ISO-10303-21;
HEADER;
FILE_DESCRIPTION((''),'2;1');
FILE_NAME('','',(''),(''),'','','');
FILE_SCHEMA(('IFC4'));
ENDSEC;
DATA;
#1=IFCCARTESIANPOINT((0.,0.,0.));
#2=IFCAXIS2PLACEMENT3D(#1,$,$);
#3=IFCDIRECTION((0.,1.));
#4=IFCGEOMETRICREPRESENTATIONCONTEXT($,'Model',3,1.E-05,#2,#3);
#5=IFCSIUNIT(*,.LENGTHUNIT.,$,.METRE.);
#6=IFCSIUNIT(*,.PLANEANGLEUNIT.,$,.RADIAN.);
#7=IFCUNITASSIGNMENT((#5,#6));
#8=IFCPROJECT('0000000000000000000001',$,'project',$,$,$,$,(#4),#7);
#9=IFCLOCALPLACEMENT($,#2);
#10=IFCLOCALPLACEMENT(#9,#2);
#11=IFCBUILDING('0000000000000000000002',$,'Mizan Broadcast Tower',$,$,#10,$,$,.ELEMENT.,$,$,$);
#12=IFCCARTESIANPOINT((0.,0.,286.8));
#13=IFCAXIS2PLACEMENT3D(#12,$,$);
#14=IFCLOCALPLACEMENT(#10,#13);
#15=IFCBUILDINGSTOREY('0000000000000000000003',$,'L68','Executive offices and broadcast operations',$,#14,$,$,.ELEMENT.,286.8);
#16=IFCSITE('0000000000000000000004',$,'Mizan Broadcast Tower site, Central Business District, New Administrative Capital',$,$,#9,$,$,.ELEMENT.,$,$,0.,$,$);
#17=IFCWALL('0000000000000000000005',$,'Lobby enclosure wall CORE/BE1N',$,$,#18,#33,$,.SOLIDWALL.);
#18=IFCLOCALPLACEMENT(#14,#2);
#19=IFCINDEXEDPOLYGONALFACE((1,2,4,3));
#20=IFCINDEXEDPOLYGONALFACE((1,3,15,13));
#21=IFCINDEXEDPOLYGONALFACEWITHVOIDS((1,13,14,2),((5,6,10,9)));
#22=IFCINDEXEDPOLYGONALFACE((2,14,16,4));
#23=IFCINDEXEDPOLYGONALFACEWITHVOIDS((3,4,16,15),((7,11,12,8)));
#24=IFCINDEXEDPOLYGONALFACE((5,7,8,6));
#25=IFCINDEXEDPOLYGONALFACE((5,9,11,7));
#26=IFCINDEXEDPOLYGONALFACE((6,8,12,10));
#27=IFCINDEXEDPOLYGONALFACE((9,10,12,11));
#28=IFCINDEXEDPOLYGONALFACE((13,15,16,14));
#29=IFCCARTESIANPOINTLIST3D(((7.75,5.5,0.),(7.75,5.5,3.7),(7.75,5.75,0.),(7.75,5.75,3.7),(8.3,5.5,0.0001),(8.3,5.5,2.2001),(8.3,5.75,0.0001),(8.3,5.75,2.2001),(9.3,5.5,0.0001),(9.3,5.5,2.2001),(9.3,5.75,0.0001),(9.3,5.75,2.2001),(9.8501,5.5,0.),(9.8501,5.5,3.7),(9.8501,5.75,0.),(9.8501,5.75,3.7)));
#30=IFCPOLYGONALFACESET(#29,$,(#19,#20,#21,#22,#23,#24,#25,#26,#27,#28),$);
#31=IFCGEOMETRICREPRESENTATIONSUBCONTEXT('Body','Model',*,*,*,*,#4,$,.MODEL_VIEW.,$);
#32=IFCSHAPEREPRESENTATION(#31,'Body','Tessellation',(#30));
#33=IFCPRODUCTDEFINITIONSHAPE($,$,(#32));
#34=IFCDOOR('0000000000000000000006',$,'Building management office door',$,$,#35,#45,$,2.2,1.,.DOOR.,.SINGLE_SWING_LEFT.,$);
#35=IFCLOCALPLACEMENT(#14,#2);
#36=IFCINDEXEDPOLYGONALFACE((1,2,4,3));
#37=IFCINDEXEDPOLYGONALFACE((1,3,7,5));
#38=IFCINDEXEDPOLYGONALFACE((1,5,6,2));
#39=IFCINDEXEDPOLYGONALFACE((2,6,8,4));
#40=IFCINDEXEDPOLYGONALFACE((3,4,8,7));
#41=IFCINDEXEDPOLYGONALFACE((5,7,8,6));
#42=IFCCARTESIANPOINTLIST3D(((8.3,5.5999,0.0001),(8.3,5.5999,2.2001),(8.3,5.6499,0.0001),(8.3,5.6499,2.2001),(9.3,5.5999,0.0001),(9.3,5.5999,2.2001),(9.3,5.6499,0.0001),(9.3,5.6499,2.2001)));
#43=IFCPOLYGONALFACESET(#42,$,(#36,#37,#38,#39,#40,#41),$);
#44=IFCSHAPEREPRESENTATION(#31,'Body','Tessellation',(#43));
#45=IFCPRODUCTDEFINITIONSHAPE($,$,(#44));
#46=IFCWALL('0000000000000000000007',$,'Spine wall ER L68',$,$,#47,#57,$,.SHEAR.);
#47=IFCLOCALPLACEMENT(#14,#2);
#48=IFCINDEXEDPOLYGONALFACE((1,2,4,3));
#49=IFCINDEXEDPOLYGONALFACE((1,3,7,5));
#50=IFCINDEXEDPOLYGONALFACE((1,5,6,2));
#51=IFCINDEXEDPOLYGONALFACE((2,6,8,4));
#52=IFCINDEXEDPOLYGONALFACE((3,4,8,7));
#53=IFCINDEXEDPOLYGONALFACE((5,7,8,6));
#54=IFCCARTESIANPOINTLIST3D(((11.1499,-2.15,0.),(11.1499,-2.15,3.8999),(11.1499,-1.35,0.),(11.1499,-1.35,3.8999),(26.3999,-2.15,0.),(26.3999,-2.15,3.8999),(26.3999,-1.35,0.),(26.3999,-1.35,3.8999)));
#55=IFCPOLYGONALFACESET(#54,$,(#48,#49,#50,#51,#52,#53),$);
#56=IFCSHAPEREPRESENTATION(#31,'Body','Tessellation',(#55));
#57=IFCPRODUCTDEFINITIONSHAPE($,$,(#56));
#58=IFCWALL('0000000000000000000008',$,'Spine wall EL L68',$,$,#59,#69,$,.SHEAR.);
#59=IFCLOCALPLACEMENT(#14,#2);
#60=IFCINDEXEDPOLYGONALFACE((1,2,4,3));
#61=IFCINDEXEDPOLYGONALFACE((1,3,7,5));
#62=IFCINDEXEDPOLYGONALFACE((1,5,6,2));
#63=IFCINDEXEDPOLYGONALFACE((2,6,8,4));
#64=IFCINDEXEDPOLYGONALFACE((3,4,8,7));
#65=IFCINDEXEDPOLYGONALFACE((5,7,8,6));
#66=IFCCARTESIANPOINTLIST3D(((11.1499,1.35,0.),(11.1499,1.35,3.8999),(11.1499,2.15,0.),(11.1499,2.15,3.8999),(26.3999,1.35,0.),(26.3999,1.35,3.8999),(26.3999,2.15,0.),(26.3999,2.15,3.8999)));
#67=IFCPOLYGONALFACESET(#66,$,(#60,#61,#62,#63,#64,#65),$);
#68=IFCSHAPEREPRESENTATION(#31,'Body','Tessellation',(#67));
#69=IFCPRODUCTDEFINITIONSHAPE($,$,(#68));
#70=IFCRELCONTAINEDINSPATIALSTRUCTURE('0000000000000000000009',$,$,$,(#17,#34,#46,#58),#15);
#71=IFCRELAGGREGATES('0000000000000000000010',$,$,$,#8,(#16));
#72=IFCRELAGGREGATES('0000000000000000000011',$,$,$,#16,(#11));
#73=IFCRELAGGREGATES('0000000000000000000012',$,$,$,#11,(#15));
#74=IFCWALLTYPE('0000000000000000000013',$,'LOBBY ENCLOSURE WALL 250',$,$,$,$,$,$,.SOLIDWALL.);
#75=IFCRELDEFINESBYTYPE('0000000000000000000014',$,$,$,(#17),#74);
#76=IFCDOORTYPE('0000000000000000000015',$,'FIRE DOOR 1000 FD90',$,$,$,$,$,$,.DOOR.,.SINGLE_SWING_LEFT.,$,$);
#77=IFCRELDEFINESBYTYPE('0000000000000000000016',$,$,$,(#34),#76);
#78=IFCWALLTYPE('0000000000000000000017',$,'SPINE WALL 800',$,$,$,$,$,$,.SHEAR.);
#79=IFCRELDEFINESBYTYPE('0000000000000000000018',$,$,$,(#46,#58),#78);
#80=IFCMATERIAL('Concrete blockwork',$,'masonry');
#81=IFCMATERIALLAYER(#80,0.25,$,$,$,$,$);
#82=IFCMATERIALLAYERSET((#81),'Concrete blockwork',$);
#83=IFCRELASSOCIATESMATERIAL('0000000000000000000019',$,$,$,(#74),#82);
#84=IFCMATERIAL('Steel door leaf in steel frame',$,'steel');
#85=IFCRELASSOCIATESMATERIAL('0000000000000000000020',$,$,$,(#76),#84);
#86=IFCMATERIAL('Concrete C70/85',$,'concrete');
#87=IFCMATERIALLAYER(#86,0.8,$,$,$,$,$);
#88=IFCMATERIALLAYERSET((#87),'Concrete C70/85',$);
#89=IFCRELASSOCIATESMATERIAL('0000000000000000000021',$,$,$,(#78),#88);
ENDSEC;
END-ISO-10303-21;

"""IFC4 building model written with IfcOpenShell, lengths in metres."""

from ifc_helpers import new_model, si_unit, direction, frame, frame_2d, origin, place, context, subcontext, project, spatial, rectangle, extrude, material, layer, layer_set, type_object, element, fill, save


model = new_model("IFC4")

# Units and contexts
model_context = context("Model", 3, precision=1e-05, world=origin(), true_north=direction((0.0, 1.0)))
body_context = subcontext(model_context, "Body", "Model", "MODEL_VIEW")
ifc_project = project(units=[si_unit("LENGTHUNIT", "METRE"), si_unit("PLANEANGLEUNIT", "RADIAN")], contexts=[model_context])

# Site, building, storey
site_placement = place(None, origin())
site = spatial("IfcSite", under=ifc_project, at=site_placement, Name="Mizan Broadcast Tower site, Central Business District, New Administrative Capital", CompositionType="ELEMENT", RefElevation=0.0)
building_placement = place(site_placement, origin())
building = spatial("IfcBuilding", under=site, at=building_placement, Name="Mizan Broadcast Tower", CompositionType="ELEMENT")
storey_placement = place(building_placement, frame((0.0, 0.0, 286.8)))
storey = spatial("IfcBuildingStorey", under=building, at=storey_placement, Name="L68", Description="Executive offices and broadcast operations", CompositionType="ELEMENT", Elevation=286.8)

# Wall, opening, door
ifc_material_1 = material(Name="Concrete blockwork", Category="masonry")
ifc_layer_1 = layer(ifc_material_1, 0.25)
ifc_layer_set_1 = layer_set([ifc_layer_1], Name="Concrete blockwork")
wall_type_1 = type_object("IfcWallType", Name="LOBBY ENCLOSURE WALL 250", PredefinedType="SOLIDWALL", material=ifc_layer_set_1)
wall_1_placement = place(storey_placement, frame((7.75, 5.625, 0.0), z_axis=(0.0, 0.0, 1.0), x_axis=(1.0, 0.0, 0.0)))
wall_1 = element("IfcWall", 1, at=wall_1_placement, inside=storey, type_object=wall_type_1, Name="Lobby enclosure wall CORE/BE1N", PredefinedType="SOLIDWALL", context=body_context, shape_type="SweptSolid", body=[
    extrude(rectangle(XDim=2.1001, YDim=0.25, at=frame_2d((1.05, 0.0))), origin(), (0.0, 0.0, 1.0), 3.7),
])
opening_1_placement = place(wall_1_placement, frame((0.55, 0.0, 0.0)))
opening_1 = element("IfcOpeningElement", 2, at=opening_1_placement, cuts=wall_1, PredefinedType="OPENING", context=body_context, shape_type="SweptSolid", body=[
    extrude(rectangle(XDim=1.0, YDim=2.2, at=frame_2d((0.5, 1.1001))), frame((0.0, 0.135, 0.0), z_axis=(0.0, -1.0, 0.0), x_axis=(1.0, 0.0, 0.0)), (0.0, 0.0, 1.0), 0.27),
])
ifc_material_2 = material(Name="Steel door leaf in steel frame", Category="steel")
door_type_1 = type_object("IfcDoorType", Name="FIRE DOOR 1000 FD90", OperationType="SINGLE_SWING_LEFT", PredefinedType="DOOR", material=ifc_material_2)
door_1_placement = place(opening_1_placement, origin())
door_1 = element("IfcDoor", 3, at=door_1_placement, inside=storey, type_object=door_type_1, Name="Building management office door", OperationType="SINGLE_SWING_LEFT", OverallHeight=2.2, OverallWidth=1.0, PredefinedType="DOOR", context=body_context, shape_type="SweptSolid", body=[
    extrude(rectangle(XDim=1.0, YDim=2.2, at=frame_2d((0.5, 1.1001))), frame((0.0, 0.0249, 0.0), z_axis=(0.0, -1.0, 0.0), x_axis=(1.0, 0.0, 0.0)), (0.0, 0.0, 1.0), 0.05),
])
fill(opening_1, door_1)

# Walls
ifc_material_3 = material(Name="Concrete C70/85", Category="concrete")
ifc_layer_2 = layer(ifc_material_3, 0.8)
ifc_layer_set_2 = layer_set([ifc_layer_2], Name="Concrete C70/85")
wall_type_2 = type_object("IfcWallType", Name="SPINE WALL 800", PredefinedType="SHEAR", material=ifc_layer_set_2)
for number, where, z_axis, x_axis, name in (
    (4, (11.1499, -1.75, 0.0), (0.0, 0.0, 1.0), (1.0, 0.0, 0.0), "Spine wall ER L68"),
    (5, (11.1499, 1.75, 0.0), (0.0, 0.0, 1.0), (1.0, 0.0, 0.0), "Spine wall EL L68"),
):
    element("IfcWall", number, at=place(storey_placement, frame(where, z_axis=z_axis, x_axis=x_axis)), inside=storey, type_object=wall_type_2, Name=name, PredefinedType="SHEAR", context=body_context, shape_type="SweptSolid", body=[
        extrude(rectangle(XDim=15.25, YDim=0.8, at=frame_2d((7.625, 0.0))), origin(), (0.0, 0.0, 1.0), 3.8999),
    ])

save(model, "model.ifc")
